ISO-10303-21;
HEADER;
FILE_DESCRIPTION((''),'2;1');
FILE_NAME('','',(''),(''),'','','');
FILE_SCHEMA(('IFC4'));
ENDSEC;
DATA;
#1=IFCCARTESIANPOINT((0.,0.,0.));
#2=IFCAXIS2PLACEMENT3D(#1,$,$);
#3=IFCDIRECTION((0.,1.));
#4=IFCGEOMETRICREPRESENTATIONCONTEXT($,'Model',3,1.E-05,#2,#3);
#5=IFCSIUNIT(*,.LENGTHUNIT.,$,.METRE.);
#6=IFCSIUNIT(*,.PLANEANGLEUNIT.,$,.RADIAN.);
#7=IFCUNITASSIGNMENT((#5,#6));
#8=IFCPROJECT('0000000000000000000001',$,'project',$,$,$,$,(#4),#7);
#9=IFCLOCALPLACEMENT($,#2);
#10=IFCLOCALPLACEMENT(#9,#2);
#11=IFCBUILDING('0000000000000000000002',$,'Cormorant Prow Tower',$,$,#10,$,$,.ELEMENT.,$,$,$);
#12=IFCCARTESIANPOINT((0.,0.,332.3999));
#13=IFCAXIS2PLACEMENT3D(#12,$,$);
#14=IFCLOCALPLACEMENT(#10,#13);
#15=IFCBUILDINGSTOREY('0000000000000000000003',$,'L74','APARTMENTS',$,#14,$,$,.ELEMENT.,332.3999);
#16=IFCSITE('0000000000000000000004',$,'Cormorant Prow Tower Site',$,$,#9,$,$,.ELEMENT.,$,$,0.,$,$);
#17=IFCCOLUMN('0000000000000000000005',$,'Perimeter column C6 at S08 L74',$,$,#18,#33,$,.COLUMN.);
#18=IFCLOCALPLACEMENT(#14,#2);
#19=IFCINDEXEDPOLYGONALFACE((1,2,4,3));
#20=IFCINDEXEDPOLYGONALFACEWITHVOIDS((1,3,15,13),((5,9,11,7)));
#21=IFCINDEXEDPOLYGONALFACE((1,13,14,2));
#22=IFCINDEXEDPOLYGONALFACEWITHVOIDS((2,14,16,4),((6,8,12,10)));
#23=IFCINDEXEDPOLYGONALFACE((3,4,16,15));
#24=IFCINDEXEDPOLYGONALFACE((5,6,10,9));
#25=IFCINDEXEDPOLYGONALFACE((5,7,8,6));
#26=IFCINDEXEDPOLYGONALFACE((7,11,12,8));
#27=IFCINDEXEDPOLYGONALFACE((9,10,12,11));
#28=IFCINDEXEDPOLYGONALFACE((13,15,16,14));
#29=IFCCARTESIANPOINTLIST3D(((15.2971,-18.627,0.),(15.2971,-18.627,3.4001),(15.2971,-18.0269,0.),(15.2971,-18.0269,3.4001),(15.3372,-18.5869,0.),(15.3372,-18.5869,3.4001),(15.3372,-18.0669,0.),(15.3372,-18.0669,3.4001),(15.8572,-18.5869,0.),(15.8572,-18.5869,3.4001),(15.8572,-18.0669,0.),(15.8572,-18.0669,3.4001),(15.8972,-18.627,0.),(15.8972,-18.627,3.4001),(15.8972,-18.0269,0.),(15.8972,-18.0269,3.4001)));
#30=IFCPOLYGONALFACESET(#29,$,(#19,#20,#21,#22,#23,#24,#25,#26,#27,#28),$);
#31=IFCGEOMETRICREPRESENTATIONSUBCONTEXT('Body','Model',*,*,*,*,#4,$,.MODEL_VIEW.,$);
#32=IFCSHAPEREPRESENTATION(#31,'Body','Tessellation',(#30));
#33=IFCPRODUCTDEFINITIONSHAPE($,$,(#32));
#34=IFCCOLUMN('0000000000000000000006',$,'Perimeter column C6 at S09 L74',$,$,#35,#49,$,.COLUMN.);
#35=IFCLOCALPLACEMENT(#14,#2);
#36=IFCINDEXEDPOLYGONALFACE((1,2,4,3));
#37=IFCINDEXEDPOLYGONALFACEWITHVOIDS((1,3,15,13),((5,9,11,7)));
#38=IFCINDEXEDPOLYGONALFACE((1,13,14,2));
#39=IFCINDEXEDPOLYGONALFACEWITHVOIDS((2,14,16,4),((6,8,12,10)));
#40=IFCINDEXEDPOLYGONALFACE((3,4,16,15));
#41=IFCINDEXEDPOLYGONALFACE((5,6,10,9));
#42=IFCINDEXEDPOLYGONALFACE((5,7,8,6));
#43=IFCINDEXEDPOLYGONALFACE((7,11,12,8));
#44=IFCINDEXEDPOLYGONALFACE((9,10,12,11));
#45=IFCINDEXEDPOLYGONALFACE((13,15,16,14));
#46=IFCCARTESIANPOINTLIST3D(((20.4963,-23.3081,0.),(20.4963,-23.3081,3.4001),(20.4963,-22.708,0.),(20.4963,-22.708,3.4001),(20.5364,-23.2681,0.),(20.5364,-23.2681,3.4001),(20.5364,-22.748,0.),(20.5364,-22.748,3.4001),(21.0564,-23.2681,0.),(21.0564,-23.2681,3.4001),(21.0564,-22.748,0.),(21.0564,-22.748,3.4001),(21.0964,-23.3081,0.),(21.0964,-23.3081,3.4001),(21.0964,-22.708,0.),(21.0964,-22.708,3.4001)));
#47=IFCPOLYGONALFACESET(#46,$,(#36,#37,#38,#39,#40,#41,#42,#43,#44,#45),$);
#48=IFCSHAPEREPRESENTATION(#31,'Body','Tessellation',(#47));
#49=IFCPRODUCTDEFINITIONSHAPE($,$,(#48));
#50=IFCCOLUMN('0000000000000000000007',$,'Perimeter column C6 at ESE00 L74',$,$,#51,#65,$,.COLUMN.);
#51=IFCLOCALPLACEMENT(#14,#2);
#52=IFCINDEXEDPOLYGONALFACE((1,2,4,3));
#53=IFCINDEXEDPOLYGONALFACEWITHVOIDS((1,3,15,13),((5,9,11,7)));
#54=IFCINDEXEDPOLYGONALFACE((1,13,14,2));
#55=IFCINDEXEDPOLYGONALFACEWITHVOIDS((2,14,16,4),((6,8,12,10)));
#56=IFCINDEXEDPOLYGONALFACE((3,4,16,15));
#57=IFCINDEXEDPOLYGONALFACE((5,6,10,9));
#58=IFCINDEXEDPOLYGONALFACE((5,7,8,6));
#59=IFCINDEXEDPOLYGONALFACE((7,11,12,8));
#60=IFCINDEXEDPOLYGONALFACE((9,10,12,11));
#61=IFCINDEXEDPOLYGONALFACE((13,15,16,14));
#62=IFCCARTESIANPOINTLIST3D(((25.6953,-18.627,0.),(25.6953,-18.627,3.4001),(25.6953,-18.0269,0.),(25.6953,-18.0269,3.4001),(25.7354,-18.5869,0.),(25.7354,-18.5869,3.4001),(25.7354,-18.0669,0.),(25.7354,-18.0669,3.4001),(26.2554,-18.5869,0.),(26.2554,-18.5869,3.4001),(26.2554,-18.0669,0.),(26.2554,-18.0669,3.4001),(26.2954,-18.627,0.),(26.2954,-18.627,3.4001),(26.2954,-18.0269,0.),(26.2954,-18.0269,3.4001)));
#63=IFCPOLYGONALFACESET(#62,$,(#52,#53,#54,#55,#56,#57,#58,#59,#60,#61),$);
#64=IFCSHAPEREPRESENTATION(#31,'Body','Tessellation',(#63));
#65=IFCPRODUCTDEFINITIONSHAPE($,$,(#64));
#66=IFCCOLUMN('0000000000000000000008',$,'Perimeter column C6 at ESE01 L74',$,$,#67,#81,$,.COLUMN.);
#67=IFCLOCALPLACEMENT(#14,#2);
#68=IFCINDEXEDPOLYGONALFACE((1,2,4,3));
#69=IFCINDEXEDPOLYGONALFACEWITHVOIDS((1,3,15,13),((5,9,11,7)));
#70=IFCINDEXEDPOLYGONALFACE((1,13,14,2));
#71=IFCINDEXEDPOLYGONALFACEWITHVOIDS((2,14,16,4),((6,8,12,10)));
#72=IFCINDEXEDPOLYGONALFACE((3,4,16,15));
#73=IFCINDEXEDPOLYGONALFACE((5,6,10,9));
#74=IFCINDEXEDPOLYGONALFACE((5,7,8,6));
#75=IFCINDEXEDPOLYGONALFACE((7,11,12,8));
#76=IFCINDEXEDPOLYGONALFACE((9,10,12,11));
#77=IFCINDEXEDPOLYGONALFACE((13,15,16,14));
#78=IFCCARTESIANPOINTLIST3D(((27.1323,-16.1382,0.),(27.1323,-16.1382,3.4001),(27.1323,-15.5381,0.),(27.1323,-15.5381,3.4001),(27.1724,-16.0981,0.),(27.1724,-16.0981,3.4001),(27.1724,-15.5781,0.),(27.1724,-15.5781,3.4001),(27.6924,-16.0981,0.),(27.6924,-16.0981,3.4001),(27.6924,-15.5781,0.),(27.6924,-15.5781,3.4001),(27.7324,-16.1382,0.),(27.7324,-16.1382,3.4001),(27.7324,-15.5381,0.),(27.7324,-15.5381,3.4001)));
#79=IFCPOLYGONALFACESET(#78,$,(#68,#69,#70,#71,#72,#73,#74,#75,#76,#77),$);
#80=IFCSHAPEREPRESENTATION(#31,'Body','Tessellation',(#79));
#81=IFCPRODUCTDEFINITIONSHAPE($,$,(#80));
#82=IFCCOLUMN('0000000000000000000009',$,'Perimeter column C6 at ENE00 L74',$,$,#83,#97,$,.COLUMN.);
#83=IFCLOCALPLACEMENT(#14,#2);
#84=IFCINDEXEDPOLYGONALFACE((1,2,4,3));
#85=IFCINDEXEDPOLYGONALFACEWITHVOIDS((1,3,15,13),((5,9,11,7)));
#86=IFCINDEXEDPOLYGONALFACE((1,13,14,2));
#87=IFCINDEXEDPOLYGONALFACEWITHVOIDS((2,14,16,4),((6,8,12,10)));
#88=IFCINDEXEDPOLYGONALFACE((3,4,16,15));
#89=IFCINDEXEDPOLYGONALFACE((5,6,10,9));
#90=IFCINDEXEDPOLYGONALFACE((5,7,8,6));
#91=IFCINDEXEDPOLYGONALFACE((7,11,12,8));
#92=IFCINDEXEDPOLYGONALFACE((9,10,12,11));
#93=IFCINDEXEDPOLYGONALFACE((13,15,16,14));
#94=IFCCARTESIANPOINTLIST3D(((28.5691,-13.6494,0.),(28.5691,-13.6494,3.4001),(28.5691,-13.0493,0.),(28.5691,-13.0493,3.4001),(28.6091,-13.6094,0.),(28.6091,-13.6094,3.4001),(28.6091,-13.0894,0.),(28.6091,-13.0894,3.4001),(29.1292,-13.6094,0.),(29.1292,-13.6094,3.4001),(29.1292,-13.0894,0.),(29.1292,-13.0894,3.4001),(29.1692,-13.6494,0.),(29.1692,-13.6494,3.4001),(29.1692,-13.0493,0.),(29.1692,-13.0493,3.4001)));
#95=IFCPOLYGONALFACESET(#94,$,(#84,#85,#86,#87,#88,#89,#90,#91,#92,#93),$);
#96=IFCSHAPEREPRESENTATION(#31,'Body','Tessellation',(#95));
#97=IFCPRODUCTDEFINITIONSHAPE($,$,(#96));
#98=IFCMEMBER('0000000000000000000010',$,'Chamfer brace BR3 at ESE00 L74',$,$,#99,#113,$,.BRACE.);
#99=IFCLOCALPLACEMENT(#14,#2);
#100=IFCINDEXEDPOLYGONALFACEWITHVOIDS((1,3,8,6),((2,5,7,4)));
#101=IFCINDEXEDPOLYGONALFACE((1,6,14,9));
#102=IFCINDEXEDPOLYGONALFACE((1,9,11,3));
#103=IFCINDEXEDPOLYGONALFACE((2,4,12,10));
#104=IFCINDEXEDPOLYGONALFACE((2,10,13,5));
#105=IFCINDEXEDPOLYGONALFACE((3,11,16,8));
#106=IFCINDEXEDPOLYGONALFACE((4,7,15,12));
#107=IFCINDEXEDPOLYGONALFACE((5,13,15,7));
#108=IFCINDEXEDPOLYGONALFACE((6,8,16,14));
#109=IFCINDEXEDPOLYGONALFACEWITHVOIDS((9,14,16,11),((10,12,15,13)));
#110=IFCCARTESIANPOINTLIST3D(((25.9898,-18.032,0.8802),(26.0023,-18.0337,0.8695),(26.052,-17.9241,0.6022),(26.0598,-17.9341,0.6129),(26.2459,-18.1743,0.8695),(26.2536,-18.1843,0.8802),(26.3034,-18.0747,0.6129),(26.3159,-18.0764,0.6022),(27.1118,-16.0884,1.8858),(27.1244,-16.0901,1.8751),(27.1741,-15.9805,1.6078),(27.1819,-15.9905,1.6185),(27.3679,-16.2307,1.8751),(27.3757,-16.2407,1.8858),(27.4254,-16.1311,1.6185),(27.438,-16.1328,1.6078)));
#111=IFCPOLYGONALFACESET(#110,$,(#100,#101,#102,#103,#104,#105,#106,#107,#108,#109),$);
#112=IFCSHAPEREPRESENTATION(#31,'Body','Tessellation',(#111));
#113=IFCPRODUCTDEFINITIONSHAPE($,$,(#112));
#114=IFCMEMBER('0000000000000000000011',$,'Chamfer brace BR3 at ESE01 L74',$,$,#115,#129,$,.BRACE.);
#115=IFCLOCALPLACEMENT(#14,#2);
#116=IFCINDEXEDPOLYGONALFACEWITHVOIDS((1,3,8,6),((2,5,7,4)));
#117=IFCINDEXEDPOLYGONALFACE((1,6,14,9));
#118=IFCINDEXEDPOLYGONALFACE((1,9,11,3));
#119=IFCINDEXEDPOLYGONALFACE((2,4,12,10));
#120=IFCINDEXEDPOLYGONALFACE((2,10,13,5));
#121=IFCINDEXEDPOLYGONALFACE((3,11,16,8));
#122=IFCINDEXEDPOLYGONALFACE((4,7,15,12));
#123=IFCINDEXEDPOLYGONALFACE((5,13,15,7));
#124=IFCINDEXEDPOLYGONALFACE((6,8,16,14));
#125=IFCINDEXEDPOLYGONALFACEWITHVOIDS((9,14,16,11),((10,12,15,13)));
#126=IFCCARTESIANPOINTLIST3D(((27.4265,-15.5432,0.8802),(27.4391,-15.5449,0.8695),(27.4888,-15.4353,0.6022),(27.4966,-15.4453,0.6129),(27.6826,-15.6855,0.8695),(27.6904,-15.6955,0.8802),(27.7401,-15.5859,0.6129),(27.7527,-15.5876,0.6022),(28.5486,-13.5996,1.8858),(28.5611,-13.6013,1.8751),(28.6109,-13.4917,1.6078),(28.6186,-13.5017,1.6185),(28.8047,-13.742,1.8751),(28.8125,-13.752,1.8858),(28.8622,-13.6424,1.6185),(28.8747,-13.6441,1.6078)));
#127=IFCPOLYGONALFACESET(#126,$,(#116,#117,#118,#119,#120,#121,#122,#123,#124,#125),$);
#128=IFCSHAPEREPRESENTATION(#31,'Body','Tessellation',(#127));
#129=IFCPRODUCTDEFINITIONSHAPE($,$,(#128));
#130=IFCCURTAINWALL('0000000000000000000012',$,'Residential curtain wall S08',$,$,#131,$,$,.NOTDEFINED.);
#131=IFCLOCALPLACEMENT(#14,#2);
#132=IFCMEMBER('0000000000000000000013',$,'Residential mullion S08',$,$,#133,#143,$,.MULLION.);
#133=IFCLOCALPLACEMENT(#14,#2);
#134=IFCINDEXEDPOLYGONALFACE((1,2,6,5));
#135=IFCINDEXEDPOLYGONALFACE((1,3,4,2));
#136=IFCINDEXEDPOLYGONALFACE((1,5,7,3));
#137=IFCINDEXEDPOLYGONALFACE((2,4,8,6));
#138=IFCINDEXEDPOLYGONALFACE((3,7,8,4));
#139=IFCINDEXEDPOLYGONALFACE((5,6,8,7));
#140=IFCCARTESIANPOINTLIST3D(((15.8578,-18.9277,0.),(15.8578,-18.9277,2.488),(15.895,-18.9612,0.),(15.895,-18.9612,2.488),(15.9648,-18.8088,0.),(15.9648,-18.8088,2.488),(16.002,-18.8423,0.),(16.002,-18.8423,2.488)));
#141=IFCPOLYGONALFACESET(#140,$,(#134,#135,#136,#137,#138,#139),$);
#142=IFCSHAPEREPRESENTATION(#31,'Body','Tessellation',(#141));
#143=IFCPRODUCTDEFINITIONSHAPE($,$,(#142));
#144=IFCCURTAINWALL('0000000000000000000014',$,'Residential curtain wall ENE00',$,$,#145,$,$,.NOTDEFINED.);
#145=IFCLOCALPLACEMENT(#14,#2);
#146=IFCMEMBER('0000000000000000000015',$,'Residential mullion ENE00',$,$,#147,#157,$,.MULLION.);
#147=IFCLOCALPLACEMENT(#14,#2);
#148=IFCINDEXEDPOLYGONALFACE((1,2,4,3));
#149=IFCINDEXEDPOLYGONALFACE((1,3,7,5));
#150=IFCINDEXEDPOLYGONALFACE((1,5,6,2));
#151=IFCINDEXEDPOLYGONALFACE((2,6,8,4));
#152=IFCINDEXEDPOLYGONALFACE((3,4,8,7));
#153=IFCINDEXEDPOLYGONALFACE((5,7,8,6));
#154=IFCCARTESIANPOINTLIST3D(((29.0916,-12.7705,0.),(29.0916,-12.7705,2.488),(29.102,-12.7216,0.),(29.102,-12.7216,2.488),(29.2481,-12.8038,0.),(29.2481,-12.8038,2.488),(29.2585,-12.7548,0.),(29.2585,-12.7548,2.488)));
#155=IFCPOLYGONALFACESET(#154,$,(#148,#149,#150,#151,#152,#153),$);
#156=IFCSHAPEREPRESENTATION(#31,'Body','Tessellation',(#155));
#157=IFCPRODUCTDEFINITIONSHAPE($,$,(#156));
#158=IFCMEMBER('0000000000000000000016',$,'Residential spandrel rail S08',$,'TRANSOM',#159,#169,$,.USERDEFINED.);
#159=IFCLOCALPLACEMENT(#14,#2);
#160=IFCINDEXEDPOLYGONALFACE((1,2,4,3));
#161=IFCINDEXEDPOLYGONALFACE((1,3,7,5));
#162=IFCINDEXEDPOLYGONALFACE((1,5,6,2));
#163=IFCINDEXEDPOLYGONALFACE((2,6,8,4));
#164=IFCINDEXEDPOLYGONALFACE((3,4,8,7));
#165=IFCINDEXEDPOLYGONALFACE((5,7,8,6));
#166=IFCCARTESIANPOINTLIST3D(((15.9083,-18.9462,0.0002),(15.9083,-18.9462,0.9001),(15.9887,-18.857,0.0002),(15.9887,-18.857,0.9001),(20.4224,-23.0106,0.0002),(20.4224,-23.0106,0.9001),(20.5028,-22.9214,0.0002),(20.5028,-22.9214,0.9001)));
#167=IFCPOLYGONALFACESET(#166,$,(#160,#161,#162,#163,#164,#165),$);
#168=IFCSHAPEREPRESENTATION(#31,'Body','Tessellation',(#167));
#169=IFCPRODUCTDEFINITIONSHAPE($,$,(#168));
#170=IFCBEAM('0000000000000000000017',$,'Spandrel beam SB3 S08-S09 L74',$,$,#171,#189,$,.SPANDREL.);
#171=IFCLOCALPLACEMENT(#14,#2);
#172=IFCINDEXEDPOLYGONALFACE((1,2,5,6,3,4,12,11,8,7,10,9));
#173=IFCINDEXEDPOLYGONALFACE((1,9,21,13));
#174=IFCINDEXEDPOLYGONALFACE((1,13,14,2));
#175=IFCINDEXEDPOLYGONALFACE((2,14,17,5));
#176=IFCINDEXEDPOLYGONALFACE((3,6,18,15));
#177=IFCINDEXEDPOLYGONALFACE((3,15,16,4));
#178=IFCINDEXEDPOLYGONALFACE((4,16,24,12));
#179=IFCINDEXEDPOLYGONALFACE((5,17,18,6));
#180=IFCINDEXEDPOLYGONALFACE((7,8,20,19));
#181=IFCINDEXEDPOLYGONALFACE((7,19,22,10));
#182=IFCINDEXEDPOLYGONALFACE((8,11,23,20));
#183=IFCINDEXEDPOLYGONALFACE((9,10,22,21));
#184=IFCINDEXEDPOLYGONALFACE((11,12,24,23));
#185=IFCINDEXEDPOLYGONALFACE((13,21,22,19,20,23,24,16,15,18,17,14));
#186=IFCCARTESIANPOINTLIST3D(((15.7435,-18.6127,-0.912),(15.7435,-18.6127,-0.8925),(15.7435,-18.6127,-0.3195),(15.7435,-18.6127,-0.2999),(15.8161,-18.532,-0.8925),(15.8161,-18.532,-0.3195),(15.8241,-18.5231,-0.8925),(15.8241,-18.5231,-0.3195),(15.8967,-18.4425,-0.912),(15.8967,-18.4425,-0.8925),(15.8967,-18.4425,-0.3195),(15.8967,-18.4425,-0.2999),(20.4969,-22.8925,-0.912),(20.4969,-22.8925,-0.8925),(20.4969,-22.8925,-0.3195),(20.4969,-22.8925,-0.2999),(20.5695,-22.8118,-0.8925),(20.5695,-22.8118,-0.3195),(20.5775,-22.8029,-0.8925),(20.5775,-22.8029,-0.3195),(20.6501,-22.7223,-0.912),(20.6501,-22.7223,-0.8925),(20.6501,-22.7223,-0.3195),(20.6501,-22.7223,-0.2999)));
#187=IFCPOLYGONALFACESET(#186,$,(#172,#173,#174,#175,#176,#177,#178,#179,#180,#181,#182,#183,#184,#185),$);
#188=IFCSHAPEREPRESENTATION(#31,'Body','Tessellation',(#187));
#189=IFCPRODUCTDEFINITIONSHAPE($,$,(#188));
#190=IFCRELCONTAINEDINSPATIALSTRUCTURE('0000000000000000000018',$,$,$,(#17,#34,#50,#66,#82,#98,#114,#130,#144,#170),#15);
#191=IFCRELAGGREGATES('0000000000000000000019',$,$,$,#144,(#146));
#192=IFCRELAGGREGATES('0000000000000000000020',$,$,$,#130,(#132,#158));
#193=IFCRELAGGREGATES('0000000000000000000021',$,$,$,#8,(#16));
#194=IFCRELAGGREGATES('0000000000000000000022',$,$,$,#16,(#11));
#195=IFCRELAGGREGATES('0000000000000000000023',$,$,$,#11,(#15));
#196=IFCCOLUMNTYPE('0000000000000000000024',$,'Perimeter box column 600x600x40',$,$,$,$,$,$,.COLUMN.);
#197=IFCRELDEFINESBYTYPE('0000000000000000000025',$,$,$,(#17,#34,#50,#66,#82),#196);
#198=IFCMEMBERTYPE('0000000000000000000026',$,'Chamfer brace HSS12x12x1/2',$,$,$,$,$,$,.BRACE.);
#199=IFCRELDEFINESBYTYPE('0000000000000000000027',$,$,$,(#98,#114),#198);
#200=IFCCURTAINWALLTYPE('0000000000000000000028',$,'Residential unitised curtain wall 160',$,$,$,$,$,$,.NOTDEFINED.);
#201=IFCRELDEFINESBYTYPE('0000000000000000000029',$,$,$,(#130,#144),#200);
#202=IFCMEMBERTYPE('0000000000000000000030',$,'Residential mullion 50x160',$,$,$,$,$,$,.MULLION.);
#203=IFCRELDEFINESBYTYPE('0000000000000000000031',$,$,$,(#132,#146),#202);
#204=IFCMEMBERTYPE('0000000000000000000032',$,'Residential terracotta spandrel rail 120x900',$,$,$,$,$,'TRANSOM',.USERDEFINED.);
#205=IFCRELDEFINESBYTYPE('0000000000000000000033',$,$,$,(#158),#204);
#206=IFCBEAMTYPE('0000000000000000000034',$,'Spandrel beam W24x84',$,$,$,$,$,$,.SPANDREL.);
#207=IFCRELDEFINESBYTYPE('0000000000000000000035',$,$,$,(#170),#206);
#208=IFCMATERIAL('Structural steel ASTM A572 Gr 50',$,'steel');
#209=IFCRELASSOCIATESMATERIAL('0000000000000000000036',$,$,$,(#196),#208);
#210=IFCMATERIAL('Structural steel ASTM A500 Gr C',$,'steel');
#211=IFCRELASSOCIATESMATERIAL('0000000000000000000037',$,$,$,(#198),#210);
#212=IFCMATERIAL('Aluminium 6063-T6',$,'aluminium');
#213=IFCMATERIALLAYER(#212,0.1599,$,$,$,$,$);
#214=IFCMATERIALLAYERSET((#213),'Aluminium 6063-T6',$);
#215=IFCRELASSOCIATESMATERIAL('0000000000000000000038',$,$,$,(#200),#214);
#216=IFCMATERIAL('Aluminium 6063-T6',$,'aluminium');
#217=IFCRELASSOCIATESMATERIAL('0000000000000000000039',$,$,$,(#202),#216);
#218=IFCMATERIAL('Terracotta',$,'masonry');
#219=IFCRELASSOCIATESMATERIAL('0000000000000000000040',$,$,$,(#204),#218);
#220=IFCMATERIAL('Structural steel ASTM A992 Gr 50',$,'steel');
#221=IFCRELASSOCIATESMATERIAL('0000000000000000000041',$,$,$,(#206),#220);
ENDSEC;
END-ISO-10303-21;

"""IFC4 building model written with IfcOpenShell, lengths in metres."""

from ifc_helpers import new_model, si_unit, direction, frame, origin, origin_2d, place, context, subcontext, project, spatial, rectangle, hollow_rectangle, i_section, extrude, material, layer, layer_set, material_profile, profile_set, type_object, element, aggregate, save


model = new_model("IFC4")

# Units and contexts
model_context = context("Model", 3, precision=1e-05, world=origin(), true_north=direction((0.0, 1.0)))
body_context = subcontext(model_context, "Body", "Model", "MODEL_VIEW")
ifc_project = project(units=[si_unit("LENGTHUNIT", "METRE"), si_unit("PLANEANGLEUNIT", "RADIAN")], contexts=[model_context])

# Site, building, storey
site_placement = place(None, origin())
site = spatial("IfcSite", under=ifc_project, at=site_placement, Name="Cormorant Prow Tower Site", CompositionType="ELEMENT", RefElevation=0.0)
building_placement = place(site_placement, origin())
building = spatial("IfcBuilding", under=site, at=building_placement, Name="Cormorant Prow Tower", CompositionType="ELEMENT")
storey_placement = place(building_placement, frame((0.0, 0.0, 332.3999)))
storey = spatial("IfcBuildingStorey", under=building, at=storey_placement, Name="L74", Description="APARTMENTS", CompositionType="ELEMENT", Elevation=332.3999)

# Columns
ifc_material_1 = material(Name="Structural steel ASTM A572 Gr 50", Category="steel")
ifc_material_profile_1 = material_profile(ifc_material_1, hollow_rectangle(XDim=0.6001, YDim=0.6001, WallThickness=0.04, at=origin_2d()), Name="Box 600x600x40")
ifc_profile_set_1 = profile_set([ifc_material_profile_1], Name="Structural steel ASTM A572 Gr 50")
column_type = type_object("IfcColumnType", Name="Perimeter box column 600x600x40", PredefinedType="COLUMN", material=ifc_profile_set_1)
for number, where, z_axis, x_axis, name in (
    (1, (15.5972, -18.3269, 0.0), (0.0, 0.0, 1.0), (1.0, 0.0, 0.0), "Perimeter column C6 at S08 L74"),
    (2, (20.7964, -23.0081, 0.0), (0.0, 0.0, 1.0), (1.0, 0.0, 0.0), "Perimeter column C6 at S09 L74"),
    (3, (25.9954, -18.3269, 0.0), (0.0, 0.0, 1.0), (1.0, 0.0, 0.0), "Perimeter column C6 at ESE00 L74"),
    (4, (27.4324, -15.8381, 0.0), (0.0, 0.0, 1.0), (1.0, 0.0, 0.0), "Perimeter column C6 at ESE01 L74"),
    (5, (28.8691, -13.3494, 0.0), (0.0, 0.0, 1.0), (1.0, 0.0, 0.0), "Perimeter column C6 at ENE00 L74"),
):
    element("IfcColumn", number, at=place(storey_placement, frame(where, z_axis=z_axis, x_axis=x_axis)), inside=storey, type_object=column_type, Name=name, PredefinedType="COLUMN", context=body_context, shape_type="SweptSolid", body=[
        extrude(hollow_rectangle(XDim=0.6001, YDim=0.6001, WallThickness=0.04, at=origin_2d()), origin(), (0.0, 0.0, 1.0), 3.4001),
    ])

# Members
ifc_material_2 = material(Name="Structural steel ASTM A500 Gr C", Category="steel")
ifc_material_profile_2 = material_profile(ifc_material_2, hollow_rectangle(XDim=0.3047, YDim=0.3047, WallThickness=0.0117, at=origin_2d()), Name="HSS12x12x1/2")
ifc_profile_set_2 = profile_set([ifc_material_profile_2], Name="Structural steel ASTM A500 Gr C")
member_type_1 = type_object("IfcMemberType", Name="Chamfer brace HSS12x12x1/2", PredefinedType="BRACE", material=ifc_profile_set_2)
for number, where, z_axis, x_axis, name in (
    (6, (26.1528, -18.0542, 0.7412), (0.456266, 0.790324, 0.408912), (-0.866039, 0.499977, 0.0), "Chamfer brace BR3 at ESE00 L74"),
    (7, (27.5896, -15.5654, 0.7412), (0.456266, 0.790324, 0.408912), (-0.866039, 0.499977, 0.0), "Chamfer brace BR3 at ESE01 L74"),
):
    element("IfcMember", number, at=place(storey_placement, frame(where, z_axis=z_axis, x_axis=x_axis)), inside=storey, type_object=member_type_1, Name=name, PredefinedType="BRACE", context=body_context, shape_type="SweptSolid", body=[
        extrude(hollow_rectangle(XDim=0.3047, YDim=0.3047, WallThickness=0.0117, at=origin_2d()), origin(), (0.0, 0.0, 1.0), 2.4592),
    ])

# Curtain walls, members
ifc_material_3 = material(Name="Aluminium 6063-T6", Category="aluminium")
ifc_layer_1 = layer(ifc_material_3, 0.1599)
ifc_layer_set_1 = layer_set([ifc_layer_1], Name="Aluminium 6063-T6")
curtain_wall_type = type_object("IfcCurtainWallType", Name="Residential unitised curtain wall 160", PredefinedType="NOTDEFINED", material=ifc_layer_set_1)
curtain_wall_1_placement = place(storey_placement, origin())
curtain_wall_1 = element("IfcCurtainWall", 8, at=curtain_wall_1_placement, inside=storey, type_object=curtain_wall_type, Name="Residential curtain wall S08", PredefinedType="NOTDEFINED")
ifc_material_4 = material(Name="Aluminium 6063-T6", Category="aluminium")
ifc_material_profile_3 = material_profile(ifc_material_4, rectangle(XDim=0.1599, YDim=0.05, at=origin_2d()), Name="Residential mullion 50x160")
ifc_profile_set_3 = profile_set([ifc_material_profile_3], Name="Aluminium 6063-T6")
member_type_2 = type_object("IfcMemberType", Name="Residential mullion 50x160", PredefinedType="MULLION", material=ifc_profile_set_3)
member_1_placement = place(storey_placement, frame((15.9299, -18.885, 0.0), z_axis=(0.0, 0.0, 1.0), x_axis=(0.669131, 0.743145, 0.0)))
member_1 = element("IfcMember", 9, at=member_1_placement, type_object=member_type_2, Name="Residential mullion S08", PredefinedType="MULLION", context=body_context, shape_type="SweptSolid", body=[
    extrude(rectangle(XDim=0.1599, YDim=0.05, at=origin_2d()), origin(), (0.0, 0.0, 1.0), 2.488),
])
curtain_wall_2_placement = place(storey_placement, origin())
curtain_wall_2 = element("IfcCurtainWall", 10, at=curtain_wall_2_placement, inside=storey, type_object=curtain_wall_type, Name="Residential curtain wall ENE00", PredefinedType="NOTDEFINED")
member_2_placement = place(storey_placement, frame((29.175, -12.7627, 0.0), z_axis=(0.0, 0.0, 1.0), x_axis=(-0.978148, 0.207912, 0.0)))
member_2 = element("IfcMember", 11, at=member_2_placement, type_object=member_type_2, Name="Residential mullion ENE00", PredefinedType="MULLION", context=body_context, shape_type="SweptSolid", body=[
    extrude(rectangle(XDim=0.1599, YDim=0.05, at=origin_2d()), origin(), (0.0, 0.0, 1.0), 2.488),
])
aggregate(curtain_wall_2, [member_2])

# Member
ifc_material_5 = material(Name="Terracotta", Category="masonry")
ifc_material_profile_4 = material_profile(ifc_material_5, rectangle(XDim=0.1201, YDim=0.8999, at=origin_2d()), Name="Residential terracotta spandrel rail 120x900")
ifc_profile_set_4 = profile_set([ifc_material_profile_4], Name="Terracotta")
member_type_3 = type_object("IfcMemberType", Name="Residential terracotta spandrel rail 120x900", ElementType="TRANSOM", PredefinedType="USERDEFINED", material=ifc_profile_set_4)
member_3_placement = place(storey_placement, frame((15.9485, -18.9016, 0.4502), z_axis=(0.743154, -0.66912, 0.0), x_axis=(0.66912, 0.743154, 0.0)))
member_3 = element("IfcMember", 12, at=member_3_placement, type_object=member_type_3, Name="Residential spandrel rail S08", ObjectType="TRANSOM", PredefinedType="USERDEFINED", context=body_context, shape_type="SweptSolid", body=[
    extrude(rectangle(XDim=0.1201, YDim=0.8999, at=origin_2d()), origin(), (0.0, 0.0, 1.0), 6.0742),
])

# Beam
ifc_material_6 = material(Name="Structural steel ASTM A992 Gr 50", Category="steel")
ifc_material_profile_5 = material_profile(ifc_material_6, i_section(OverallWidth=0.229, OverallDepth=0.6121, WebThickness=0.012, FlangeThickness=0.0195, at=origin_2d()), Name="W24x84")
ifc_profile_set_5 = profile_set([ifc_material_profile_5], Name="Structural steel ASTM A992 Gr 50")
beam_type = type_object("IfcBeamType", Name="Spandrel beam W24x84", PredefinedType="SPANDREL", material=ifc_profile_set_5)
beam_1_placement = place(storey_placement, frame((15.8201, -18.5276, -0.606), z_axis=(0.743161, -0.669112, 0.0), x_axis=(0.669112, 0.743161, 0.0)))
element("IfcBeam", 13, at=beam_1_placement, inside=storey, type_object=beam_type, Name="Spandrel beam SB3 S08-S09 L74", PredefinedType="SPANDREL", context=body_context, shape_type="SweptSolid", body=[
    extrude(i_section(OverallWidth=0.229, OverallDepth=0.6121, WebThickness=0.012, FlangeThickness=0.0195, at=origin_2d()), origin(), (0.0, 0.0, 1.0), 6.3962),
])

aggregate(curtain_wall_1, [member_1, member_3])

save(model, "model.ifc")
